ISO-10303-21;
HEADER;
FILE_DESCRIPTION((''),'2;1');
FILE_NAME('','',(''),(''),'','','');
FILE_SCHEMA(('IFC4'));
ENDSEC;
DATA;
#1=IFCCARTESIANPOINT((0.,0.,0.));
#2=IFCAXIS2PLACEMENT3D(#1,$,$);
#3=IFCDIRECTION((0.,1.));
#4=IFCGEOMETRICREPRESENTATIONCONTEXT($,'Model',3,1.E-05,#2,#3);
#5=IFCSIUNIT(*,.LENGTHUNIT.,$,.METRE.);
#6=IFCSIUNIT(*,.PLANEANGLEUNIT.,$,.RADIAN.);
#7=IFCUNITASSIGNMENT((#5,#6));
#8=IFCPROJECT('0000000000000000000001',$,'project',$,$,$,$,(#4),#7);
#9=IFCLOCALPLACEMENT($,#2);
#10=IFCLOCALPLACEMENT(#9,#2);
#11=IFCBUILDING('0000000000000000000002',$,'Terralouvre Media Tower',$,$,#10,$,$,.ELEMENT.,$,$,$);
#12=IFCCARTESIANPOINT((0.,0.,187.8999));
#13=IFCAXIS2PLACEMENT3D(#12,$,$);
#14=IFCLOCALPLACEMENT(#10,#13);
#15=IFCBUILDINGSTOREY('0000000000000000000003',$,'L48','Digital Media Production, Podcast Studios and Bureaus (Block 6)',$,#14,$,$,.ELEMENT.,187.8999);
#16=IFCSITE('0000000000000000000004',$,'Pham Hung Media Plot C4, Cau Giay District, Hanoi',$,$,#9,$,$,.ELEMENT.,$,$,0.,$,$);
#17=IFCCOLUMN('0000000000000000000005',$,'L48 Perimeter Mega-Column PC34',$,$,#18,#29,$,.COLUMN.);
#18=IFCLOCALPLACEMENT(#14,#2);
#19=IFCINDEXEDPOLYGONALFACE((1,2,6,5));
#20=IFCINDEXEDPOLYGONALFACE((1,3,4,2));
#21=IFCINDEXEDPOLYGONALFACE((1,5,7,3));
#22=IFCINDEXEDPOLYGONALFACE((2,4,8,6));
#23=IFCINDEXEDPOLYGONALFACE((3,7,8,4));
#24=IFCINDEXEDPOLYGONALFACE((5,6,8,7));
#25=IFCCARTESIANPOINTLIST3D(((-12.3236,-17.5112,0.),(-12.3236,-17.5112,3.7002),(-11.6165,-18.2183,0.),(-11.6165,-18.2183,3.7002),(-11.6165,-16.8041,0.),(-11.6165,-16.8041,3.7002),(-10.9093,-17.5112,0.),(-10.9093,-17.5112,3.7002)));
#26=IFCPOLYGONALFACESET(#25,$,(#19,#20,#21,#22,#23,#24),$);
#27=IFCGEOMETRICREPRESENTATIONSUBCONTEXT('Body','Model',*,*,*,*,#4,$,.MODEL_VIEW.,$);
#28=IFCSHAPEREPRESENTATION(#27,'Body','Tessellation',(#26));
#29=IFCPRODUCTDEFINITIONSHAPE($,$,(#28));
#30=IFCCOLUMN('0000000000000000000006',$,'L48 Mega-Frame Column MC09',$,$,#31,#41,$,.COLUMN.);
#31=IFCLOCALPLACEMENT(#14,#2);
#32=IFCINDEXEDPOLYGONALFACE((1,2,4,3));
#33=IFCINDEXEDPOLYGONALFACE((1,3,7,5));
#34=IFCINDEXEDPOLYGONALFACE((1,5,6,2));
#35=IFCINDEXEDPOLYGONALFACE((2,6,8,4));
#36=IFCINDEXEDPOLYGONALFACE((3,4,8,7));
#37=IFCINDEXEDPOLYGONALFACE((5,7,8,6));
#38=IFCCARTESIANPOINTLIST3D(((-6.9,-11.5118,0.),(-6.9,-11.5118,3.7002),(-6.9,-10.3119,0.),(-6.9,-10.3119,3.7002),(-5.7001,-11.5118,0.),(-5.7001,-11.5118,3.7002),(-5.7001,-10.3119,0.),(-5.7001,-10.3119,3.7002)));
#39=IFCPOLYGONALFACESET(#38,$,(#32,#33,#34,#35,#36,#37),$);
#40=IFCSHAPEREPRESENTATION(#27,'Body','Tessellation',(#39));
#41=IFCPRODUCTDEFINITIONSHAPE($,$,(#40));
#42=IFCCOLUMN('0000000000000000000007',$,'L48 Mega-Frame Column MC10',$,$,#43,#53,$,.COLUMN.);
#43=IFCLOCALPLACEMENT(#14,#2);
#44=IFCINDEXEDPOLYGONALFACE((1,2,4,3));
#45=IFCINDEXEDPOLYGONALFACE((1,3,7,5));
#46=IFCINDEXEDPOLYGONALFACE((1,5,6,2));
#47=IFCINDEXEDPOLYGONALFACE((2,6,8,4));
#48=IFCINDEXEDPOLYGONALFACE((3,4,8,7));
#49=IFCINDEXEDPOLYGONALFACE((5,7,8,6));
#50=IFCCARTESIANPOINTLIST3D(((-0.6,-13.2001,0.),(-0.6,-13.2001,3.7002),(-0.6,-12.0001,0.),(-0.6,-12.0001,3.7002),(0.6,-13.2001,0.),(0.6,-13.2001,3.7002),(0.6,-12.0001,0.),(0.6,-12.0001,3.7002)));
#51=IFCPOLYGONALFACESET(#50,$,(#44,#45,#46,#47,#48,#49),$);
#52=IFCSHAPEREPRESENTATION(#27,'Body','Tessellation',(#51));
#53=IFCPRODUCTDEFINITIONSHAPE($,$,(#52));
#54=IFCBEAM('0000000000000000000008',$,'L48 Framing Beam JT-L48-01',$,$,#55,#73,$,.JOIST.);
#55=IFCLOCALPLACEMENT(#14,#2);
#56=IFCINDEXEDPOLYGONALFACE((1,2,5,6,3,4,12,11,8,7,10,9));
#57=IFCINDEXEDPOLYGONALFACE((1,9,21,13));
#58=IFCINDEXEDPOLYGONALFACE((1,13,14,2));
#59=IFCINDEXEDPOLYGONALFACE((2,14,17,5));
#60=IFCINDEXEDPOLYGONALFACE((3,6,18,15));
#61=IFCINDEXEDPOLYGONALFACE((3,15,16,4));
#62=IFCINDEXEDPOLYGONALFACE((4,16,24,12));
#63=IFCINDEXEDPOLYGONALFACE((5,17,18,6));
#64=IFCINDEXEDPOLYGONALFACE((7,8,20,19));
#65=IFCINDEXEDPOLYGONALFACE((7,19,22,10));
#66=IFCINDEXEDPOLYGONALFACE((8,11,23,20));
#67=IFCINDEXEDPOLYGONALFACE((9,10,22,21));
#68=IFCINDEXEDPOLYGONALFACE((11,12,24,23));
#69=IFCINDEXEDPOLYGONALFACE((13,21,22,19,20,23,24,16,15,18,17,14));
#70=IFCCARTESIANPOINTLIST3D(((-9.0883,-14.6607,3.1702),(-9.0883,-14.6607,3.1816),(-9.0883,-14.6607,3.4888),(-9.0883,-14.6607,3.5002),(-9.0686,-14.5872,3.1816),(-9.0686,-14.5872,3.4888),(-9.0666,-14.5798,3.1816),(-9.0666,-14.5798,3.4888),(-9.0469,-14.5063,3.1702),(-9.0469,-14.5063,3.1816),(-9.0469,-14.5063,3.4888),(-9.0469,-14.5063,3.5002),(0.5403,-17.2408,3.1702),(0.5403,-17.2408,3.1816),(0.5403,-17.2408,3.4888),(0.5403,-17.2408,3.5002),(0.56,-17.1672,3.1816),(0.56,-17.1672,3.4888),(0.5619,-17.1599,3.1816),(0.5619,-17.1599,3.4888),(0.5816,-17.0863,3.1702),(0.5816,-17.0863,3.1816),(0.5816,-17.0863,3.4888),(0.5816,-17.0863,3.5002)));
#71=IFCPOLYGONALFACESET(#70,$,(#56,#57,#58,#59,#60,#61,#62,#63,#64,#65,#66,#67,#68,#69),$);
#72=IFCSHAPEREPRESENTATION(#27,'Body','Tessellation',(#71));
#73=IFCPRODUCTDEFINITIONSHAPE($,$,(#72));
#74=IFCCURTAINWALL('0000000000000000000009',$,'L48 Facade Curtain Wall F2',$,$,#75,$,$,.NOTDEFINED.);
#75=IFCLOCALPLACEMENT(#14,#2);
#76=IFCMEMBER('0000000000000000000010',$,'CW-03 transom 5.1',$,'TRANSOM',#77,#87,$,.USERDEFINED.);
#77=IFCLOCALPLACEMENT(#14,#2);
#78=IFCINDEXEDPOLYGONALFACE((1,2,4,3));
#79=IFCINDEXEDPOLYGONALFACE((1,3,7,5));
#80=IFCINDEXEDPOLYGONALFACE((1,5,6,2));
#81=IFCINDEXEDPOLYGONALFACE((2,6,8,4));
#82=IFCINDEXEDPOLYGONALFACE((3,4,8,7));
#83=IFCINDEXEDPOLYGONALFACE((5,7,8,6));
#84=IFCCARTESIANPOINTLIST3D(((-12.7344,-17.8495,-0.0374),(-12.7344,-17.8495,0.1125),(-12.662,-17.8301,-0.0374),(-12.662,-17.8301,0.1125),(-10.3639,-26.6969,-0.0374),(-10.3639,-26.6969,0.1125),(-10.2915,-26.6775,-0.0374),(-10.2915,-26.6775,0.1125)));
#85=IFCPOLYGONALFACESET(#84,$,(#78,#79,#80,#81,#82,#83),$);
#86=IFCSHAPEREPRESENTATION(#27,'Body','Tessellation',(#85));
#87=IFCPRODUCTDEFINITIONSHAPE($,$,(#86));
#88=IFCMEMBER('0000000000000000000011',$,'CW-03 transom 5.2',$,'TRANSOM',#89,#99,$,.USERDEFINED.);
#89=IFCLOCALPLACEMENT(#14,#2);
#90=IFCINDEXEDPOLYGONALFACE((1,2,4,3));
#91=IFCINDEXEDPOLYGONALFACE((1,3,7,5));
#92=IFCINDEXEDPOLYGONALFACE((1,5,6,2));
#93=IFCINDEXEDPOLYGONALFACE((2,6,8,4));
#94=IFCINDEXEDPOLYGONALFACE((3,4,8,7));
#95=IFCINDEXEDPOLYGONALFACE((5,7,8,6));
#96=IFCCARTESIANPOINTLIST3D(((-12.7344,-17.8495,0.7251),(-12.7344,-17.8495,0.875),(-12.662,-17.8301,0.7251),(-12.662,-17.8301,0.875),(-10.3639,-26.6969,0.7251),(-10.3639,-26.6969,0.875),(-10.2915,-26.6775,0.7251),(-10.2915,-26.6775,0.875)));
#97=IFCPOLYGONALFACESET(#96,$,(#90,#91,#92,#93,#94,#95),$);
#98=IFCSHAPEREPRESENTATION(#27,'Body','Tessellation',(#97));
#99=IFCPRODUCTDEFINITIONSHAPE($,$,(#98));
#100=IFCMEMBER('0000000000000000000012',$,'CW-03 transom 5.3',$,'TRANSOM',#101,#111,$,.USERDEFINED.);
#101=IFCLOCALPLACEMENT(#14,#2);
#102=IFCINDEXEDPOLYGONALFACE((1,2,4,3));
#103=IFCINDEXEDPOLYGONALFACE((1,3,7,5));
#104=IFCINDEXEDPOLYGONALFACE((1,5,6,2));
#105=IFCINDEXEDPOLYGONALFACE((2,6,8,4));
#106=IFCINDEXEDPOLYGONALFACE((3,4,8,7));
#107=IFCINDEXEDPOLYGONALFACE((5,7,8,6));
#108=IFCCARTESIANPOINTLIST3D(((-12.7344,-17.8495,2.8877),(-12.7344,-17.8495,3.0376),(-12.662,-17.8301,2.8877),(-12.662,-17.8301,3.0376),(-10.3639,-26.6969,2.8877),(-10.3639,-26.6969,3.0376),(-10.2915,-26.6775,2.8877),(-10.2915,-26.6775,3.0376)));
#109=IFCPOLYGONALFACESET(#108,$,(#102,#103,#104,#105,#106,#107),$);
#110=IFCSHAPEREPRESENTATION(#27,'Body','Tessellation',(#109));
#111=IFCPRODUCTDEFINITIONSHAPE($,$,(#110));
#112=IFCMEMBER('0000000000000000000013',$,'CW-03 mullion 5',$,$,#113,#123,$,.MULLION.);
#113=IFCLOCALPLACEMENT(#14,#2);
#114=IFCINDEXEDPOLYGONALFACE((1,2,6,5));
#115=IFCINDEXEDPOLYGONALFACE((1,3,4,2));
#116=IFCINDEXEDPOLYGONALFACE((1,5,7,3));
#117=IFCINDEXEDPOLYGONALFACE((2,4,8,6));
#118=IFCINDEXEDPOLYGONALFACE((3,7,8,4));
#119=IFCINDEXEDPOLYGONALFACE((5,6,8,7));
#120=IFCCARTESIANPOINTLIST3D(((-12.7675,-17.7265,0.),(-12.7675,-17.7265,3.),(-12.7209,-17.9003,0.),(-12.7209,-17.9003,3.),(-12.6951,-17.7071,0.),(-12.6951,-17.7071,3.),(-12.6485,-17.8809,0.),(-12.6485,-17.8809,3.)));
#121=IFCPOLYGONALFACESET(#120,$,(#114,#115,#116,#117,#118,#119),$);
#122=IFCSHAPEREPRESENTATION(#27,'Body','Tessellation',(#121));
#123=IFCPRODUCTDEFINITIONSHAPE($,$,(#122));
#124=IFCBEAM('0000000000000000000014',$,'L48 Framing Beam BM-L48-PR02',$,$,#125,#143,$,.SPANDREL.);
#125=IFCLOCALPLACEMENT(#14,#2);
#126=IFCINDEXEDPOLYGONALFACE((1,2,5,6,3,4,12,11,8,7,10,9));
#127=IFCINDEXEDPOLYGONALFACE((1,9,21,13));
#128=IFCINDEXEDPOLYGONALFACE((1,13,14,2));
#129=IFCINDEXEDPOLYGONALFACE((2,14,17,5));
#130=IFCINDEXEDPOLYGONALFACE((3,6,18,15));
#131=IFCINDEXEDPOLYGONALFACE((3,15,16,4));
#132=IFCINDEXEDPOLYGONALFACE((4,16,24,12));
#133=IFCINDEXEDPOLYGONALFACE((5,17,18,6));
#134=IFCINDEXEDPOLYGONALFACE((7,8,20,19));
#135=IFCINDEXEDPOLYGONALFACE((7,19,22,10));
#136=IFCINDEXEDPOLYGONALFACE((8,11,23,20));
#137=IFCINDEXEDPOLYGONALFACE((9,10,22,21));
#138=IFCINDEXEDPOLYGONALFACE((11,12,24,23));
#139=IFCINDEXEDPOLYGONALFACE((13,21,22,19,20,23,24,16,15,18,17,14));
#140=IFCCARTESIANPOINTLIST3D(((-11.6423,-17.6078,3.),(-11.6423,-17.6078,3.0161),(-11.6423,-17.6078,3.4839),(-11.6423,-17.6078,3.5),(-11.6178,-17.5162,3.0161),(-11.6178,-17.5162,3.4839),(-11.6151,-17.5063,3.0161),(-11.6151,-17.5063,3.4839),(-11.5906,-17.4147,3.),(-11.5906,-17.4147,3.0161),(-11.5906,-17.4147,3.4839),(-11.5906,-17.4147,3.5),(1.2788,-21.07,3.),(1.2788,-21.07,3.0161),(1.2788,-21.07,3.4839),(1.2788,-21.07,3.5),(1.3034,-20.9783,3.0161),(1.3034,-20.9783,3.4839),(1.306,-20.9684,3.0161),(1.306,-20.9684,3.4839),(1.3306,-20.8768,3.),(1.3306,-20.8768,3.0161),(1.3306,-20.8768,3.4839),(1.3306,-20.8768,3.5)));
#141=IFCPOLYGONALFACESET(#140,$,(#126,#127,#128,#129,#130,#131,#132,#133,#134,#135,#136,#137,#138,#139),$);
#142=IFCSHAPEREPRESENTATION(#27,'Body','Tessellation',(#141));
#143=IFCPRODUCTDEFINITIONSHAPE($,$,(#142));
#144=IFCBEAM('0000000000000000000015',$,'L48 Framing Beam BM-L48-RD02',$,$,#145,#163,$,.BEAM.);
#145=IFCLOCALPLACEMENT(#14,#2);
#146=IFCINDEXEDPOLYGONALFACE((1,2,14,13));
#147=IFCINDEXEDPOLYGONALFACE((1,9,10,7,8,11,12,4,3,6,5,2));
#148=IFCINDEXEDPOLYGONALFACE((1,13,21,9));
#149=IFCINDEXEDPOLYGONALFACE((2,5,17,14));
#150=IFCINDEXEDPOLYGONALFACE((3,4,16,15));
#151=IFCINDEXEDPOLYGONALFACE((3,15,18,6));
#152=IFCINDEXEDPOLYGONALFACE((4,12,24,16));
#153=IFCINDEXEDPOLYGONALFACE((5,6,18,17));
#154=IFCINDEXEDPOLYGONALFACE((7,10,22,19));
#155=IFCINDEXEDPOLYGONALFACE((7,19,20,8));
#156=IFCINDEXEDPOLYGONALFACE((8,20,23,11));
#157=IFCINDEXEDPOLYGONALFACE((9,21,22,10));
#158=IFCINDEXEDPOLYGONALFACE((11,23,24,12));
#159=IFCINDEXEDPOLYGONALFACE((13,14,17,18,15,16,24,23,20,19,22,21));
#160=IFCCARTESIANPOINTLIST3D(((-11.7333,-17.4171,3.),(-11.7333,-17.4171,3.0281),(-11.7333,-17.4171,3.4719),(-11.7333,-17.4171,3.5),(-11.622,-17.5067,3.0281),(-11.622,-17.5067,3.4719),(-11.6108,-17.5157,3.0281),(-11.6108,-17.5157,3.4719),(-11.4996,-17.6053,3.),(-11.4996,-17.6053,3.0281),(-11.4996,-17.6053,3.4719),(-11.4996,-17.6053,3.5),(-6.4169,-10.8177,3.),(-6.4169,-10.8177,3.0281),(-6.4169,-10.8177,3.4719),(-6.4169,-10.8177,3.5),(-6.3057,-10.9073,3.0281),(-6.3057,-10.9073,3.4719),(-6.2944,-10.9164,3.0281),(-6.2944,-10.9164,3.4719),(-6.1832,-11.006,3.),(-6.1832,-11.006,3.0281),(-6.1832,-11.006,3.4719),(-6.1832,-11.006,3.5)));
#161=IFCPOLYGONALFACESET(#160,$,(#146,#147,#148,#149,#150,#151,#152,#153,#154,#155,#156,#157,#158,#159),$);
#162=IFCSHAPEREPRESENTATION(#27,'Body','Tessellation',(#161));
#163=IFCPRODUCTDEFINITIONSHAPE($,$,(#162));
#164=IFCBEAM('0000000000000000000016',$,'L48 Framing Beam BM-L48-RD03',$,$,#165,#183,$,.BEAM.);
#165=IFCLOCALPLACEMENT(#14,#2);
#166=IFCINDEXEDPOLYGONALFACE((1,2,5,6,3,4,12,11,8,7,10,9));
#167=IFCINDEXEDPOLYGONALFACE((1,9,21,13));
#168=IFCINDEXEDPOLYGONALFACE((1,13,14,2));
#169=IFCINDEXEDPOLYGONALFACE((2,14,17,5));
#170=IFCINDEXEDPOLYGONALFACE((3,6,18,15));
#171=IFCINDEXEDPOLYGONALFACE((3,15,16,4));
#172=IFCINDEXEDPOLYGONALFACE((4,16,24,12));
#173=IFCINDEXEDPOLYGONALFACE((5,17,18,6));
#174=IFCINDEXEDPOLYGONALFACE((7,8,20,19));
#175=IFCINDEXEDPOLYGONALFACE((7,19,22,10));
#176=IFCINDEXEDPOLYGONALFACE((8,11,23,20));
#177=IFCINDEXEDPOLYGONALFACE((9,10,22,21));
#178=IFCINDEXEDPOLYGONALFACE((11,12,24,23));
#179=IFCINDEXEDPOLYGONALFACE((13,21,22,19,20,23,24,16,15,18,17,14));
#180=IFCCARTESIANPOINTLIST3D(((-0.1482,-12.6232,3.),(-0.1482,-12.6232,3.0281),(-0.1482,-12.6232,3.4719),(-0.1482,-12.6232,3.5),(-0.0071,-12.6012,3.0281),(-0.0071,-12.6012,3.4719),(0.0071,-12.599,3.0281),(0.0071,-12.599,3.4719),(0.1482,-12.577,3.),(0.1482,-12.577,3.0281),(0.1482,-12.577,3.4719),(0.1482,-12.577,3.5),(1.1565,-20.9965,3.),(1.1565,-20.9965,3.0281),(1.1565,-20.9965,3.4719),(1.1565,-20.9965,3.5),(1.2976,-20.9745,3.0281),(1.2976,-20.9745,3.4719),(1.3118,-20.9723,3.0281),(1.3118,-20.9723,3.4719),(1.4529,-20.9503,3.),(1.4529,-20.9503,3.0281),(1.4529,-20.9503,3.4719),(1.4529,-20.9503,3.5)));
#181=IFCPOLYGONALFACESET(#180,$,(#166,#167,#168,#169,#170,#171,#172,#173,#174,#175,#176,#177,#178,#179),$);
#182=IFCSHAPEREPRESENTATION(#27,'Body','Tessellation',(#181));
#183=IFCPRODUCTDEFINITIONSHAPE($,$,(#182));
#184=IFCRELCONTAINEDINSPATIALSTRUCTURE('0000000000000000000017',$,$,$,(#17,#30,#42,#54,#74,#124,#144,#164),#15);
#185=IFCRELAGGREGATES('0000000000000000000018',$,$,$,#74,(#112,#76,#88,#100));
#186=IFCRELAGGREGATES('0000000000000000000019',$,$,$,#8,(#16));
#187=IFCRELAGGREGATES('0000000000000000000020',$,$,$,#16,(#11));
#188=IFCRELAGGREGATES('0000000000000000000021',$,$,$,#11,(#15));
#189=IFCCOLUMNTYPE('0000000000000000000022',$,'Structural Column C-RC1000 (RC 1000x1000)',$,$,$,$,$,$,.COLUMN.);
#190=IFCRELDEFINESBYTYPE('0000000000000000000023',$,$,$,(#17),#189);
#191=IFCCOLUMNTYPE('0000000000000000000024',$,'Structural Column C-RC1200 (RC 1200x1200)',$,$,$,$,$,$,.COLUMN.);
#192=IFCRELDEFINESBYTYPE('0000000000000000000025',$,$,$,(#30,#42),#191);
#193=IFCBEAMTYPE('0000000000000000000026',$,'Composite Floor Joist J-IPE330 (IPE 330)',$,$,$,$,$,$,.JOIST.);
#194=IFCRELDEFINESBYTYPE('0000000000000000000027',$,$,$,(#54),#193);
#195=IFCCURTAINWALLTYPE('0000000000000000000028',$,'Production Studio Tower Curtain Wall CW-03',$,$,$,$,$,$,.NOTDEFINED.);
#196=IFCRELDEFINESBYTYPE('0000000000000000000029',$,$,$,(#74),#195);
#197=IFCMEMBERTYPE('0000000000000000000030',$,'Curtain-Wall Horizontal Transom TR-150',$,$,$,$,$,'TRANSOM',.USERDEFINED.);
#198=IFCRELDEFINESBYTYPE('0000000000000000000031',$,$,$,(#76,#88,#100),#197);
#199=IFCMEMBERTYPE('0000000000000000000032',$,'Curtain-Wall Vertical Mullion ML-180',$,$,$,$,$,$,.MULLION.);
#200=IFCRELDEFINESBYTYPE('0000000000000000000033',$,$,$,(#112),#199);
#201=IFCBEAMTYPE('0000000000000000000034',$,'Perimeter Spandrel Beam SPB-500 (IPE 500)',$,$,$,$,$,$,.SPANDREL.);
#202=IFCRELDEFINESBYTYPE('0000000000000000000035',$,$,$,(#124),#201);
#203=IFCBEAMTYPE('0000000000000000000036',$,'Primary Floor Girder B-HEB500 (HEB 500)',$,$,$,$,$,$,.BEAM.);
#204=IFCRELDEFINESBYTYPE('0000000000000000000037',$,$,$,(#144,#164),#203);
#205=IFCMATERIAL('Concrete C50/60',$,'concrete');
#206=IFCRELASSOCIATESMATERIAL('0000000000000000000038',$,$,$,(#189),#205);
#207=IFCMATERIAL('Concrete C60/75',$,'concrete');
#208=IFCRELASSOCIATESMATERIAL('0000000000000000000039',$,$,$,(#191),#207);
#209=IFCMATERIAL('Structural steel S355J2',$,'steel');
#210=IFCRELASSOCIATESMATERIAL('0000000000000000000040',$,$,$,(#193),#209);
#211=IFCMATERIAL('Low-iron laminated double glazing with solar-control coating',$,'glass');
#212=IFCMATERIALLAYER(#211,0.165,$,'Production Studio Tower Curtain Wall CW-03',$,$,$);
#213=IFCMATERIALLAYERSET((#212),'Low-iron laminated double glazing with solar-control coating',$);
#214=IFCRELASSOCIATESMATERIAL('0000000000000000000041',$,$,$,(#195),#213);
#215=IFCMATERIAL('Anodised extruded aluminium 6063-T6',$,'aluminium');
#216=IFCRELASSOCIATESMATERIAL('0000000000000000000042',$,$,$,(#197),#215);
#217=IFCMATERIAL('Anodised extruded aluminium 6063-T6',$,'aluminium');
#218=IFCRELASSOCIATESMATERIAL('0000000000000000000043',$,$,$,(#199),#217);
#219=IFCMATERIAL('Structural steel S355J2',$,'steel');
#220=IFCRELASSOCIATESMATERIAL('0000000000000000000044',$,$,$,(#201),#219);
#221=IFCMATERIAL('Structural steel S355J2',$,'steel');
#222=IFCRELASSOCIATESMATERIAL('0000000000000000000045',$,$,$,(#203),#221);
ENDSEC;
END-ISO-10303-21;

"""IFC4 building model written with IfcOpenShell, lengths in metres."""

from ifc_helpers import new_model, si_unit, direction, frame, origin, origin_2d, place, context, subcontext, project, spatial, rectangle, i_section, extrude, material, layer, layer_set, material_profile, profile_set, type_object, element, aggregate, save


model = new_model("IFC4")

# Units and contexts
model_context = context("Model", 3, precision=1e-05, world=origin(), true_north=direction((0.0, 1.0)))
body_context = subcontext(model_context, "Body", "Model", "MODEL_VIEW")
ifc_project = project(units=[si_unit("LENGTHUNIT", "METRE"), si_unit("PLANEANGLEUNIT", "RADIAN")], contexts=[model_context])

# Site, building, storey
site_placement = place(None, origin())
site = spatial("IfcSite", under=ifc_project, at=site_placement, Name="Pham Hung Media Plot C4, Cau Giay District, Hanoi", CompositionType="ELEMENT", RefElevation=0.0)
building_placement = place(site_placement, origin())
building = spatial("IfcBuilding", under=site, at=building_placement, Name="Terralouvre Media Tower", CompositionType="ELEMENT")
storey_placement = place(building_placement, frame((0.0, 0.0, 187.8999)))
storey = spatial("IfcBuildingStorey", under=building, at=storey_placement, Name="L48", Description="Digital Media Production, Podcast Studios and Bureaus (Block 6)", CompositionType="ELEMENT", Elevation=187.8999)

# Columns
ifc_material_1 = material(Name="Concrete C50/60", Category="concrete")
ifc_material_profile_1 = material_profile(ifc_material_1, rectangle(XDim=1.0, YDim=1.0, at=origin_2d()), Name="RC 1000x1000")
ifc_profile_set_1 = profile_set([ifc_material_profile_1], Name="Concrete C50/60")
column_type_1 = type_object("IfcColumnType", Name="Structural Column C-RC1000 (RC 1000x1000)", PredefinedType="COLUMN", material=ifc_profile_set_1)
column_placement = place(storey_placement, frame((-11.6165, -17.5112, 0.0), z_axis=(0.0, 0.0, 1.0), x_axis=(0.707107, 0.707107, 0.0)))
element("IfcColumn", 1, at=column_placement, inside=storey, type_object=column_type_1, Name="L48 Perimeter Mega-Column PC34", PredefinedType="COLUMN", context=body_context, shape_type="SweptSolid", body=[
    extrude(rectangle(XDim=1.0, YDim=1.0, at=origin_2d()), origin(), (0.0, 0.0, 1.0), 3.7002),
])
ifc_material_2 = material(Name="Concrete C60/75", Category="concrete")
ifc_material_profile_2 = material_profile(ifc_material_2, rectangle(XDim=1.2, YDim=1.2, at=origin_2d()), Name="RC 1200x1200")
ifc_profile_set_2 = profile_set([ifc_material_profile_2], Name="Concrete C60/75")
column_type_2 = type_object("IfcColumnType", Name="Structural Column C-RC1200 (RC 1200x1200)", PredefinedType="COLUMN", material=ifc_profile_set_2)
for number, where, z_axis, x_axis, name in (
    (2, (-6.3, -10.9119, 0.0), (0.0, 0.0, 1.0), (1.0, 0.0, 0.0), "L48 Mega-Frame Column MC09"),
    (3, (0.0, -12.6001, 0.0), (0.0, 0.0, 1.0), (1.0, 0.0, 0.0), "L48 Mega-Frame Column MC10"),
):
    element("IfcColumn", number, at=place(storey_placement, frame(where, z_axis=z_axis, x_axis=x_axis)), inside=storey, type_object=column_type_2, Name=name, PredefinedType="COLUMN", context=body_context, shape_type="SweptSolid", body=[
        extrude(rectangle(XDim=1.2, YDim=1.2, at=origin_2d()), origin(), (0.0, 0.0, 1.0), 3.7002),
    ])

# Beam
ifc_material_3 = material(Name="Structural steel S355J2", Category="steel")
ifc_material_profile_3 = material_profile(ifc_material_3, i_section(OverallWidth=0.1599, OverallDepth=0.3301, WebThickness=0.0076, FlangeThickness=0.0115, at=origin_2d()), Name="IPE 330")
ifc_profile_set_3 = profile_set([ifc_material_profile_3], Name="Structural steel S355J2")
beam_type_1 = type_object("IfcBeamType", Name="Composite Floor Joist J-IPE330 (IPE 330)", PredefinedType="JOIST", material=ifc_profile_set_3)
beam_1_placement = place(storey_placement, frame((-9.0676, -14.5835, 3.3352), z_axis=(0.965924, -0.258827, 0.0), x_axis=(0.258827, 0.965924, 0.0)))
element("IfcBeam", 4, at=beam_1_placement, inside=storey, type_object=beam_type_1, Name="L48 Framing Beam JT-L48-01", PredefinedType="JOIST", context=body_context, shape_type="SweptSolid", body=[
    extrude(i_section(OverallWidth=0.1599, OverallDepth=0.3301, WebThickness=0.0076, FlangeThickness=0.0115, at=origin_2d()), origin(), (0.0, 0.0, 1.0), 9.9683),
])

# Curtain wall, members
ifc_material_4 = material(Name="Low-iron laminated double glazing with solar-control coating", Category="glass")
ifc_layer_1 = layer(ifc_material_4, 0.165, Name="Production Studio Tower Curtain Wall CW-03")
ifc_layer_set_1 = layer_set([ifc_layer_1], Name="Low-iron laminated double glazing with solar-control coating")
curtain_wall_type = type_object("IfcCurtainWallType", Name="Production Studio Tower Curtain Wall CW-03", PredefinedType="NOTDEFINED", material=ifc_layer_set_1)
curtain_wall_placement = place(storey_placement, origin())
curtain_wall = element("IfcCurtainWall", 5, at=curtain_wall_placement, inside=storey, type_object=curtain_wall_type, Name="L48 Facade Curtain Wall F2", PredefinedType="NOTDEFINED")
ifc_material_5 = material(Name="Anodised extruded aluminium 6063-T6", Category="aluminium")
ifc_material_profile_4 = material_profile(ifc_material_5, rectangle(XDim=0.075, YDim=0.1499, at=origin_2d()), Name="ALU 75x150")
ifc_profile_set_4 = profile_set([ifc_material_profile_4], Name="Anodised extruded aluminium 6063-T6")
member_type_1 = type_object("IfcMemberType", Name="Curtain-Wall Horizontal Transom TR-150", ElementType="TRANSOM", PredefinedType="USERDEFINED", material=ifc_profile_set_4)
member_1_placement = place(storey_placement, frame((-12.6982, -17.8398, 0.0376), z_axis=(0.258814, -0.965927, 0.0), x_axis=(0.965927, 0.258814, 0.0)))
member_1 = element("IfcMember", 6, at=member_1_placement, type_object=member_type_1, Name="CW-03 transom 5.1", ObjectType="TRANSOM", PredefinedType="USERDEFINED", context=body_context, shape_type="SweptSolid", body=[
    extrude(rectangle(XDim=0.075, YDim=0.1499, at=origin_2d()), origin(), (0.0, 0.0, 1.0), 9.1594),
])
member_2_placement = place(storey_placement, frame((-12.6982, -17.8398, 0.8), z_axis=(0.258814, -0.965927, 0.0), x_axis=(0.965927, 0.258814, 0.0)))
member_2 = element("IfcMember", 7, at=member_2_placement, type_object=member_type_1, Name="CW-03 transom 5.2", ObjectType="TRANSOM", PredefinedType="USERDEFINED", context=body_context, shape_type="SweptSolid", body=[
    extrude(rectangle(XDim=0.075, YDim=0.1499, at=origin_2d()), origin(), (0.0, 0.0, 1.0), 9.1594),
])
member_3_placement = place(storey_placement, frame((-12.6982, -17.8398, 2.9626), z_axis=(0.258814, -0.965927, 0.0), x_axis=(0.965927, 0.258814, 0.0)))
member_3 = element("IfcMember", 8, at=member_3_placement, type_object=member_type_1, Name="CW-03 transom 5.3", ObjectType="TRANSOM", PredefinedType="USERDEFINED", context=body_context, shape_type="SweptSolid", body=[
    extrude(rectangle(XDim=0.075, YDim=0.1499, at=origin_2d()), origin(), (0.0, 0.0, 1.0), 9.1594),
])
ifc_material_6 = material(Name="Anodised extruded aluminium 6063-T6", Category="aluminium")
ifc_material_profile_5 = material_profile(ifc_material_6, rectangle(XDim=0.075, YDim=0.1799, at=origin_2d()), Name="ALU 75x180")
ifc_profile_set_5 = profile_set([ifc_material_profile_5], Name="Anodised extruded aluminium 6063-T6")
member_type_2 = type_object("IfcMemberType", Name="Curtain-Wall Vertical Mullion ML-180", PredefinedType="MULLION", material=ifc_profile_set_5)
member_4_placement = place(storey_placement, frame((-12.708, -17.8037, 0.0), z_axis=(0.0, 0.0, 1.0), x_axis=(0.965926, 0.258819, 0.0)))
member_4 = element("IfcMember", 9, at=member_4_placement, type_object=member_type_2, Name="CW-03 mullion 5", PredefinedType="MULLION", context=body_context, shape_type="SweptSolid", body=[
    extrude(rectangle(XDim=0.075, YDim=0.1799, at=origin_2d()), origin(), (0.0, 0.0, 1.0), 3.0),
])

# Beams
ifc_material_7 = material(Name="Structural steel S355J2", Category="steel")
ifc_material_profile_6 = material_profile(ifc_material_7, i_section(OverallWidth=0.2, OverallDepth=0.5, WebThickness=0.0103, FlangeThickness=0.0161, at=origin_2d()), Name="IPE 500")
ifc_profile_set_6 = profile_set([ifc_material_profile_6], Name="Structural steel S355J2")
beam_type_2 = type_object("IfcBeamType", Name="Perimeter Spandrel Beam SPB-500 (IPE 500)", PredefinedType="SPANDREL", material=ifc_profile_set_6)
beam_2_placement = place(storey_placement, frame((-11.6165, -17.5112, 3.25), z_axis=(0.965927, -0.258815, 0.0), x_axis=(0.258815, 0.965927, 0.0)))
element("IfcBeam", 10, at=beam_2_placement, inside=storey, type_object=beam_type_2, Name="L48 Framing Beam BM-L48-PR02", PredefinedType="SPANDREL", context=body_context, shape_type="SweptSolid", body=[
    extrude(i_section(OverallWidth=0.2, OverallDepth=0.5, WebThickness=0.0103, FlangeThickness=0.0161, at=origin_2d()), origin(), (0.0, 0.0, 1.0), 13.377),
])
ifc_material_8 = material(Name="Structural steel S355J2", Category="steel")
ifc_material_profile_7 = material_profile(ifc_material_8, i_section(OverallWidth=0.3, OverallDepth=0.5, WebThickness=0.0144, FlangeThickness=0.0281, at=origin_2d()), Name="HEB 500")
ifc_profile_set_7 = profile_set([ifc_material_profile_7], Name="Structural steel S355J2")
beam_type_3 = type_object("IfcBeamType", Name="Primary Floor Girder B-HEB500 (HEB 500)", PredefinedType="BEAM", material=ifc_profile_set_7)
for number, where, z_axis, x_axis, name in (
    (11, (-6.3, -10.9119, 3.25), (-0.627347, -0.778739, 0.0), (0.778739, -0.627347, 0.0), "L48 Framing Beam BM-L48-RD02"),
    (12, (0.0, -12.6001, 3.25), (0.153958, -0.988077, 0.0), (0.988077, 0.153958, 0.0), "L48 Framing Beam BM-L48-RD03"),
):
    element("IfcBeam", number, at=place(storey_placement, frame(where, z_axis=z_axis, x_axis=x_axis)), inside=storey, type_object=beam_type_3, Name=name, PredefinedType="BEAM", context=body_context, shape_type="SweptSolid", body=[
        extrude(i_section(OverallWidth=0.3, OverallDepth=0.5, WebThickness=0.0144, FlangeThickness=0.0281, at=origin_2d()), origin(), (0.0, 0.0, 1.0), 8.4744),
    ])

aggregate(curtain_wall, [member_4, member_1, member_2, member_3])

save(model, "model.ifc")
